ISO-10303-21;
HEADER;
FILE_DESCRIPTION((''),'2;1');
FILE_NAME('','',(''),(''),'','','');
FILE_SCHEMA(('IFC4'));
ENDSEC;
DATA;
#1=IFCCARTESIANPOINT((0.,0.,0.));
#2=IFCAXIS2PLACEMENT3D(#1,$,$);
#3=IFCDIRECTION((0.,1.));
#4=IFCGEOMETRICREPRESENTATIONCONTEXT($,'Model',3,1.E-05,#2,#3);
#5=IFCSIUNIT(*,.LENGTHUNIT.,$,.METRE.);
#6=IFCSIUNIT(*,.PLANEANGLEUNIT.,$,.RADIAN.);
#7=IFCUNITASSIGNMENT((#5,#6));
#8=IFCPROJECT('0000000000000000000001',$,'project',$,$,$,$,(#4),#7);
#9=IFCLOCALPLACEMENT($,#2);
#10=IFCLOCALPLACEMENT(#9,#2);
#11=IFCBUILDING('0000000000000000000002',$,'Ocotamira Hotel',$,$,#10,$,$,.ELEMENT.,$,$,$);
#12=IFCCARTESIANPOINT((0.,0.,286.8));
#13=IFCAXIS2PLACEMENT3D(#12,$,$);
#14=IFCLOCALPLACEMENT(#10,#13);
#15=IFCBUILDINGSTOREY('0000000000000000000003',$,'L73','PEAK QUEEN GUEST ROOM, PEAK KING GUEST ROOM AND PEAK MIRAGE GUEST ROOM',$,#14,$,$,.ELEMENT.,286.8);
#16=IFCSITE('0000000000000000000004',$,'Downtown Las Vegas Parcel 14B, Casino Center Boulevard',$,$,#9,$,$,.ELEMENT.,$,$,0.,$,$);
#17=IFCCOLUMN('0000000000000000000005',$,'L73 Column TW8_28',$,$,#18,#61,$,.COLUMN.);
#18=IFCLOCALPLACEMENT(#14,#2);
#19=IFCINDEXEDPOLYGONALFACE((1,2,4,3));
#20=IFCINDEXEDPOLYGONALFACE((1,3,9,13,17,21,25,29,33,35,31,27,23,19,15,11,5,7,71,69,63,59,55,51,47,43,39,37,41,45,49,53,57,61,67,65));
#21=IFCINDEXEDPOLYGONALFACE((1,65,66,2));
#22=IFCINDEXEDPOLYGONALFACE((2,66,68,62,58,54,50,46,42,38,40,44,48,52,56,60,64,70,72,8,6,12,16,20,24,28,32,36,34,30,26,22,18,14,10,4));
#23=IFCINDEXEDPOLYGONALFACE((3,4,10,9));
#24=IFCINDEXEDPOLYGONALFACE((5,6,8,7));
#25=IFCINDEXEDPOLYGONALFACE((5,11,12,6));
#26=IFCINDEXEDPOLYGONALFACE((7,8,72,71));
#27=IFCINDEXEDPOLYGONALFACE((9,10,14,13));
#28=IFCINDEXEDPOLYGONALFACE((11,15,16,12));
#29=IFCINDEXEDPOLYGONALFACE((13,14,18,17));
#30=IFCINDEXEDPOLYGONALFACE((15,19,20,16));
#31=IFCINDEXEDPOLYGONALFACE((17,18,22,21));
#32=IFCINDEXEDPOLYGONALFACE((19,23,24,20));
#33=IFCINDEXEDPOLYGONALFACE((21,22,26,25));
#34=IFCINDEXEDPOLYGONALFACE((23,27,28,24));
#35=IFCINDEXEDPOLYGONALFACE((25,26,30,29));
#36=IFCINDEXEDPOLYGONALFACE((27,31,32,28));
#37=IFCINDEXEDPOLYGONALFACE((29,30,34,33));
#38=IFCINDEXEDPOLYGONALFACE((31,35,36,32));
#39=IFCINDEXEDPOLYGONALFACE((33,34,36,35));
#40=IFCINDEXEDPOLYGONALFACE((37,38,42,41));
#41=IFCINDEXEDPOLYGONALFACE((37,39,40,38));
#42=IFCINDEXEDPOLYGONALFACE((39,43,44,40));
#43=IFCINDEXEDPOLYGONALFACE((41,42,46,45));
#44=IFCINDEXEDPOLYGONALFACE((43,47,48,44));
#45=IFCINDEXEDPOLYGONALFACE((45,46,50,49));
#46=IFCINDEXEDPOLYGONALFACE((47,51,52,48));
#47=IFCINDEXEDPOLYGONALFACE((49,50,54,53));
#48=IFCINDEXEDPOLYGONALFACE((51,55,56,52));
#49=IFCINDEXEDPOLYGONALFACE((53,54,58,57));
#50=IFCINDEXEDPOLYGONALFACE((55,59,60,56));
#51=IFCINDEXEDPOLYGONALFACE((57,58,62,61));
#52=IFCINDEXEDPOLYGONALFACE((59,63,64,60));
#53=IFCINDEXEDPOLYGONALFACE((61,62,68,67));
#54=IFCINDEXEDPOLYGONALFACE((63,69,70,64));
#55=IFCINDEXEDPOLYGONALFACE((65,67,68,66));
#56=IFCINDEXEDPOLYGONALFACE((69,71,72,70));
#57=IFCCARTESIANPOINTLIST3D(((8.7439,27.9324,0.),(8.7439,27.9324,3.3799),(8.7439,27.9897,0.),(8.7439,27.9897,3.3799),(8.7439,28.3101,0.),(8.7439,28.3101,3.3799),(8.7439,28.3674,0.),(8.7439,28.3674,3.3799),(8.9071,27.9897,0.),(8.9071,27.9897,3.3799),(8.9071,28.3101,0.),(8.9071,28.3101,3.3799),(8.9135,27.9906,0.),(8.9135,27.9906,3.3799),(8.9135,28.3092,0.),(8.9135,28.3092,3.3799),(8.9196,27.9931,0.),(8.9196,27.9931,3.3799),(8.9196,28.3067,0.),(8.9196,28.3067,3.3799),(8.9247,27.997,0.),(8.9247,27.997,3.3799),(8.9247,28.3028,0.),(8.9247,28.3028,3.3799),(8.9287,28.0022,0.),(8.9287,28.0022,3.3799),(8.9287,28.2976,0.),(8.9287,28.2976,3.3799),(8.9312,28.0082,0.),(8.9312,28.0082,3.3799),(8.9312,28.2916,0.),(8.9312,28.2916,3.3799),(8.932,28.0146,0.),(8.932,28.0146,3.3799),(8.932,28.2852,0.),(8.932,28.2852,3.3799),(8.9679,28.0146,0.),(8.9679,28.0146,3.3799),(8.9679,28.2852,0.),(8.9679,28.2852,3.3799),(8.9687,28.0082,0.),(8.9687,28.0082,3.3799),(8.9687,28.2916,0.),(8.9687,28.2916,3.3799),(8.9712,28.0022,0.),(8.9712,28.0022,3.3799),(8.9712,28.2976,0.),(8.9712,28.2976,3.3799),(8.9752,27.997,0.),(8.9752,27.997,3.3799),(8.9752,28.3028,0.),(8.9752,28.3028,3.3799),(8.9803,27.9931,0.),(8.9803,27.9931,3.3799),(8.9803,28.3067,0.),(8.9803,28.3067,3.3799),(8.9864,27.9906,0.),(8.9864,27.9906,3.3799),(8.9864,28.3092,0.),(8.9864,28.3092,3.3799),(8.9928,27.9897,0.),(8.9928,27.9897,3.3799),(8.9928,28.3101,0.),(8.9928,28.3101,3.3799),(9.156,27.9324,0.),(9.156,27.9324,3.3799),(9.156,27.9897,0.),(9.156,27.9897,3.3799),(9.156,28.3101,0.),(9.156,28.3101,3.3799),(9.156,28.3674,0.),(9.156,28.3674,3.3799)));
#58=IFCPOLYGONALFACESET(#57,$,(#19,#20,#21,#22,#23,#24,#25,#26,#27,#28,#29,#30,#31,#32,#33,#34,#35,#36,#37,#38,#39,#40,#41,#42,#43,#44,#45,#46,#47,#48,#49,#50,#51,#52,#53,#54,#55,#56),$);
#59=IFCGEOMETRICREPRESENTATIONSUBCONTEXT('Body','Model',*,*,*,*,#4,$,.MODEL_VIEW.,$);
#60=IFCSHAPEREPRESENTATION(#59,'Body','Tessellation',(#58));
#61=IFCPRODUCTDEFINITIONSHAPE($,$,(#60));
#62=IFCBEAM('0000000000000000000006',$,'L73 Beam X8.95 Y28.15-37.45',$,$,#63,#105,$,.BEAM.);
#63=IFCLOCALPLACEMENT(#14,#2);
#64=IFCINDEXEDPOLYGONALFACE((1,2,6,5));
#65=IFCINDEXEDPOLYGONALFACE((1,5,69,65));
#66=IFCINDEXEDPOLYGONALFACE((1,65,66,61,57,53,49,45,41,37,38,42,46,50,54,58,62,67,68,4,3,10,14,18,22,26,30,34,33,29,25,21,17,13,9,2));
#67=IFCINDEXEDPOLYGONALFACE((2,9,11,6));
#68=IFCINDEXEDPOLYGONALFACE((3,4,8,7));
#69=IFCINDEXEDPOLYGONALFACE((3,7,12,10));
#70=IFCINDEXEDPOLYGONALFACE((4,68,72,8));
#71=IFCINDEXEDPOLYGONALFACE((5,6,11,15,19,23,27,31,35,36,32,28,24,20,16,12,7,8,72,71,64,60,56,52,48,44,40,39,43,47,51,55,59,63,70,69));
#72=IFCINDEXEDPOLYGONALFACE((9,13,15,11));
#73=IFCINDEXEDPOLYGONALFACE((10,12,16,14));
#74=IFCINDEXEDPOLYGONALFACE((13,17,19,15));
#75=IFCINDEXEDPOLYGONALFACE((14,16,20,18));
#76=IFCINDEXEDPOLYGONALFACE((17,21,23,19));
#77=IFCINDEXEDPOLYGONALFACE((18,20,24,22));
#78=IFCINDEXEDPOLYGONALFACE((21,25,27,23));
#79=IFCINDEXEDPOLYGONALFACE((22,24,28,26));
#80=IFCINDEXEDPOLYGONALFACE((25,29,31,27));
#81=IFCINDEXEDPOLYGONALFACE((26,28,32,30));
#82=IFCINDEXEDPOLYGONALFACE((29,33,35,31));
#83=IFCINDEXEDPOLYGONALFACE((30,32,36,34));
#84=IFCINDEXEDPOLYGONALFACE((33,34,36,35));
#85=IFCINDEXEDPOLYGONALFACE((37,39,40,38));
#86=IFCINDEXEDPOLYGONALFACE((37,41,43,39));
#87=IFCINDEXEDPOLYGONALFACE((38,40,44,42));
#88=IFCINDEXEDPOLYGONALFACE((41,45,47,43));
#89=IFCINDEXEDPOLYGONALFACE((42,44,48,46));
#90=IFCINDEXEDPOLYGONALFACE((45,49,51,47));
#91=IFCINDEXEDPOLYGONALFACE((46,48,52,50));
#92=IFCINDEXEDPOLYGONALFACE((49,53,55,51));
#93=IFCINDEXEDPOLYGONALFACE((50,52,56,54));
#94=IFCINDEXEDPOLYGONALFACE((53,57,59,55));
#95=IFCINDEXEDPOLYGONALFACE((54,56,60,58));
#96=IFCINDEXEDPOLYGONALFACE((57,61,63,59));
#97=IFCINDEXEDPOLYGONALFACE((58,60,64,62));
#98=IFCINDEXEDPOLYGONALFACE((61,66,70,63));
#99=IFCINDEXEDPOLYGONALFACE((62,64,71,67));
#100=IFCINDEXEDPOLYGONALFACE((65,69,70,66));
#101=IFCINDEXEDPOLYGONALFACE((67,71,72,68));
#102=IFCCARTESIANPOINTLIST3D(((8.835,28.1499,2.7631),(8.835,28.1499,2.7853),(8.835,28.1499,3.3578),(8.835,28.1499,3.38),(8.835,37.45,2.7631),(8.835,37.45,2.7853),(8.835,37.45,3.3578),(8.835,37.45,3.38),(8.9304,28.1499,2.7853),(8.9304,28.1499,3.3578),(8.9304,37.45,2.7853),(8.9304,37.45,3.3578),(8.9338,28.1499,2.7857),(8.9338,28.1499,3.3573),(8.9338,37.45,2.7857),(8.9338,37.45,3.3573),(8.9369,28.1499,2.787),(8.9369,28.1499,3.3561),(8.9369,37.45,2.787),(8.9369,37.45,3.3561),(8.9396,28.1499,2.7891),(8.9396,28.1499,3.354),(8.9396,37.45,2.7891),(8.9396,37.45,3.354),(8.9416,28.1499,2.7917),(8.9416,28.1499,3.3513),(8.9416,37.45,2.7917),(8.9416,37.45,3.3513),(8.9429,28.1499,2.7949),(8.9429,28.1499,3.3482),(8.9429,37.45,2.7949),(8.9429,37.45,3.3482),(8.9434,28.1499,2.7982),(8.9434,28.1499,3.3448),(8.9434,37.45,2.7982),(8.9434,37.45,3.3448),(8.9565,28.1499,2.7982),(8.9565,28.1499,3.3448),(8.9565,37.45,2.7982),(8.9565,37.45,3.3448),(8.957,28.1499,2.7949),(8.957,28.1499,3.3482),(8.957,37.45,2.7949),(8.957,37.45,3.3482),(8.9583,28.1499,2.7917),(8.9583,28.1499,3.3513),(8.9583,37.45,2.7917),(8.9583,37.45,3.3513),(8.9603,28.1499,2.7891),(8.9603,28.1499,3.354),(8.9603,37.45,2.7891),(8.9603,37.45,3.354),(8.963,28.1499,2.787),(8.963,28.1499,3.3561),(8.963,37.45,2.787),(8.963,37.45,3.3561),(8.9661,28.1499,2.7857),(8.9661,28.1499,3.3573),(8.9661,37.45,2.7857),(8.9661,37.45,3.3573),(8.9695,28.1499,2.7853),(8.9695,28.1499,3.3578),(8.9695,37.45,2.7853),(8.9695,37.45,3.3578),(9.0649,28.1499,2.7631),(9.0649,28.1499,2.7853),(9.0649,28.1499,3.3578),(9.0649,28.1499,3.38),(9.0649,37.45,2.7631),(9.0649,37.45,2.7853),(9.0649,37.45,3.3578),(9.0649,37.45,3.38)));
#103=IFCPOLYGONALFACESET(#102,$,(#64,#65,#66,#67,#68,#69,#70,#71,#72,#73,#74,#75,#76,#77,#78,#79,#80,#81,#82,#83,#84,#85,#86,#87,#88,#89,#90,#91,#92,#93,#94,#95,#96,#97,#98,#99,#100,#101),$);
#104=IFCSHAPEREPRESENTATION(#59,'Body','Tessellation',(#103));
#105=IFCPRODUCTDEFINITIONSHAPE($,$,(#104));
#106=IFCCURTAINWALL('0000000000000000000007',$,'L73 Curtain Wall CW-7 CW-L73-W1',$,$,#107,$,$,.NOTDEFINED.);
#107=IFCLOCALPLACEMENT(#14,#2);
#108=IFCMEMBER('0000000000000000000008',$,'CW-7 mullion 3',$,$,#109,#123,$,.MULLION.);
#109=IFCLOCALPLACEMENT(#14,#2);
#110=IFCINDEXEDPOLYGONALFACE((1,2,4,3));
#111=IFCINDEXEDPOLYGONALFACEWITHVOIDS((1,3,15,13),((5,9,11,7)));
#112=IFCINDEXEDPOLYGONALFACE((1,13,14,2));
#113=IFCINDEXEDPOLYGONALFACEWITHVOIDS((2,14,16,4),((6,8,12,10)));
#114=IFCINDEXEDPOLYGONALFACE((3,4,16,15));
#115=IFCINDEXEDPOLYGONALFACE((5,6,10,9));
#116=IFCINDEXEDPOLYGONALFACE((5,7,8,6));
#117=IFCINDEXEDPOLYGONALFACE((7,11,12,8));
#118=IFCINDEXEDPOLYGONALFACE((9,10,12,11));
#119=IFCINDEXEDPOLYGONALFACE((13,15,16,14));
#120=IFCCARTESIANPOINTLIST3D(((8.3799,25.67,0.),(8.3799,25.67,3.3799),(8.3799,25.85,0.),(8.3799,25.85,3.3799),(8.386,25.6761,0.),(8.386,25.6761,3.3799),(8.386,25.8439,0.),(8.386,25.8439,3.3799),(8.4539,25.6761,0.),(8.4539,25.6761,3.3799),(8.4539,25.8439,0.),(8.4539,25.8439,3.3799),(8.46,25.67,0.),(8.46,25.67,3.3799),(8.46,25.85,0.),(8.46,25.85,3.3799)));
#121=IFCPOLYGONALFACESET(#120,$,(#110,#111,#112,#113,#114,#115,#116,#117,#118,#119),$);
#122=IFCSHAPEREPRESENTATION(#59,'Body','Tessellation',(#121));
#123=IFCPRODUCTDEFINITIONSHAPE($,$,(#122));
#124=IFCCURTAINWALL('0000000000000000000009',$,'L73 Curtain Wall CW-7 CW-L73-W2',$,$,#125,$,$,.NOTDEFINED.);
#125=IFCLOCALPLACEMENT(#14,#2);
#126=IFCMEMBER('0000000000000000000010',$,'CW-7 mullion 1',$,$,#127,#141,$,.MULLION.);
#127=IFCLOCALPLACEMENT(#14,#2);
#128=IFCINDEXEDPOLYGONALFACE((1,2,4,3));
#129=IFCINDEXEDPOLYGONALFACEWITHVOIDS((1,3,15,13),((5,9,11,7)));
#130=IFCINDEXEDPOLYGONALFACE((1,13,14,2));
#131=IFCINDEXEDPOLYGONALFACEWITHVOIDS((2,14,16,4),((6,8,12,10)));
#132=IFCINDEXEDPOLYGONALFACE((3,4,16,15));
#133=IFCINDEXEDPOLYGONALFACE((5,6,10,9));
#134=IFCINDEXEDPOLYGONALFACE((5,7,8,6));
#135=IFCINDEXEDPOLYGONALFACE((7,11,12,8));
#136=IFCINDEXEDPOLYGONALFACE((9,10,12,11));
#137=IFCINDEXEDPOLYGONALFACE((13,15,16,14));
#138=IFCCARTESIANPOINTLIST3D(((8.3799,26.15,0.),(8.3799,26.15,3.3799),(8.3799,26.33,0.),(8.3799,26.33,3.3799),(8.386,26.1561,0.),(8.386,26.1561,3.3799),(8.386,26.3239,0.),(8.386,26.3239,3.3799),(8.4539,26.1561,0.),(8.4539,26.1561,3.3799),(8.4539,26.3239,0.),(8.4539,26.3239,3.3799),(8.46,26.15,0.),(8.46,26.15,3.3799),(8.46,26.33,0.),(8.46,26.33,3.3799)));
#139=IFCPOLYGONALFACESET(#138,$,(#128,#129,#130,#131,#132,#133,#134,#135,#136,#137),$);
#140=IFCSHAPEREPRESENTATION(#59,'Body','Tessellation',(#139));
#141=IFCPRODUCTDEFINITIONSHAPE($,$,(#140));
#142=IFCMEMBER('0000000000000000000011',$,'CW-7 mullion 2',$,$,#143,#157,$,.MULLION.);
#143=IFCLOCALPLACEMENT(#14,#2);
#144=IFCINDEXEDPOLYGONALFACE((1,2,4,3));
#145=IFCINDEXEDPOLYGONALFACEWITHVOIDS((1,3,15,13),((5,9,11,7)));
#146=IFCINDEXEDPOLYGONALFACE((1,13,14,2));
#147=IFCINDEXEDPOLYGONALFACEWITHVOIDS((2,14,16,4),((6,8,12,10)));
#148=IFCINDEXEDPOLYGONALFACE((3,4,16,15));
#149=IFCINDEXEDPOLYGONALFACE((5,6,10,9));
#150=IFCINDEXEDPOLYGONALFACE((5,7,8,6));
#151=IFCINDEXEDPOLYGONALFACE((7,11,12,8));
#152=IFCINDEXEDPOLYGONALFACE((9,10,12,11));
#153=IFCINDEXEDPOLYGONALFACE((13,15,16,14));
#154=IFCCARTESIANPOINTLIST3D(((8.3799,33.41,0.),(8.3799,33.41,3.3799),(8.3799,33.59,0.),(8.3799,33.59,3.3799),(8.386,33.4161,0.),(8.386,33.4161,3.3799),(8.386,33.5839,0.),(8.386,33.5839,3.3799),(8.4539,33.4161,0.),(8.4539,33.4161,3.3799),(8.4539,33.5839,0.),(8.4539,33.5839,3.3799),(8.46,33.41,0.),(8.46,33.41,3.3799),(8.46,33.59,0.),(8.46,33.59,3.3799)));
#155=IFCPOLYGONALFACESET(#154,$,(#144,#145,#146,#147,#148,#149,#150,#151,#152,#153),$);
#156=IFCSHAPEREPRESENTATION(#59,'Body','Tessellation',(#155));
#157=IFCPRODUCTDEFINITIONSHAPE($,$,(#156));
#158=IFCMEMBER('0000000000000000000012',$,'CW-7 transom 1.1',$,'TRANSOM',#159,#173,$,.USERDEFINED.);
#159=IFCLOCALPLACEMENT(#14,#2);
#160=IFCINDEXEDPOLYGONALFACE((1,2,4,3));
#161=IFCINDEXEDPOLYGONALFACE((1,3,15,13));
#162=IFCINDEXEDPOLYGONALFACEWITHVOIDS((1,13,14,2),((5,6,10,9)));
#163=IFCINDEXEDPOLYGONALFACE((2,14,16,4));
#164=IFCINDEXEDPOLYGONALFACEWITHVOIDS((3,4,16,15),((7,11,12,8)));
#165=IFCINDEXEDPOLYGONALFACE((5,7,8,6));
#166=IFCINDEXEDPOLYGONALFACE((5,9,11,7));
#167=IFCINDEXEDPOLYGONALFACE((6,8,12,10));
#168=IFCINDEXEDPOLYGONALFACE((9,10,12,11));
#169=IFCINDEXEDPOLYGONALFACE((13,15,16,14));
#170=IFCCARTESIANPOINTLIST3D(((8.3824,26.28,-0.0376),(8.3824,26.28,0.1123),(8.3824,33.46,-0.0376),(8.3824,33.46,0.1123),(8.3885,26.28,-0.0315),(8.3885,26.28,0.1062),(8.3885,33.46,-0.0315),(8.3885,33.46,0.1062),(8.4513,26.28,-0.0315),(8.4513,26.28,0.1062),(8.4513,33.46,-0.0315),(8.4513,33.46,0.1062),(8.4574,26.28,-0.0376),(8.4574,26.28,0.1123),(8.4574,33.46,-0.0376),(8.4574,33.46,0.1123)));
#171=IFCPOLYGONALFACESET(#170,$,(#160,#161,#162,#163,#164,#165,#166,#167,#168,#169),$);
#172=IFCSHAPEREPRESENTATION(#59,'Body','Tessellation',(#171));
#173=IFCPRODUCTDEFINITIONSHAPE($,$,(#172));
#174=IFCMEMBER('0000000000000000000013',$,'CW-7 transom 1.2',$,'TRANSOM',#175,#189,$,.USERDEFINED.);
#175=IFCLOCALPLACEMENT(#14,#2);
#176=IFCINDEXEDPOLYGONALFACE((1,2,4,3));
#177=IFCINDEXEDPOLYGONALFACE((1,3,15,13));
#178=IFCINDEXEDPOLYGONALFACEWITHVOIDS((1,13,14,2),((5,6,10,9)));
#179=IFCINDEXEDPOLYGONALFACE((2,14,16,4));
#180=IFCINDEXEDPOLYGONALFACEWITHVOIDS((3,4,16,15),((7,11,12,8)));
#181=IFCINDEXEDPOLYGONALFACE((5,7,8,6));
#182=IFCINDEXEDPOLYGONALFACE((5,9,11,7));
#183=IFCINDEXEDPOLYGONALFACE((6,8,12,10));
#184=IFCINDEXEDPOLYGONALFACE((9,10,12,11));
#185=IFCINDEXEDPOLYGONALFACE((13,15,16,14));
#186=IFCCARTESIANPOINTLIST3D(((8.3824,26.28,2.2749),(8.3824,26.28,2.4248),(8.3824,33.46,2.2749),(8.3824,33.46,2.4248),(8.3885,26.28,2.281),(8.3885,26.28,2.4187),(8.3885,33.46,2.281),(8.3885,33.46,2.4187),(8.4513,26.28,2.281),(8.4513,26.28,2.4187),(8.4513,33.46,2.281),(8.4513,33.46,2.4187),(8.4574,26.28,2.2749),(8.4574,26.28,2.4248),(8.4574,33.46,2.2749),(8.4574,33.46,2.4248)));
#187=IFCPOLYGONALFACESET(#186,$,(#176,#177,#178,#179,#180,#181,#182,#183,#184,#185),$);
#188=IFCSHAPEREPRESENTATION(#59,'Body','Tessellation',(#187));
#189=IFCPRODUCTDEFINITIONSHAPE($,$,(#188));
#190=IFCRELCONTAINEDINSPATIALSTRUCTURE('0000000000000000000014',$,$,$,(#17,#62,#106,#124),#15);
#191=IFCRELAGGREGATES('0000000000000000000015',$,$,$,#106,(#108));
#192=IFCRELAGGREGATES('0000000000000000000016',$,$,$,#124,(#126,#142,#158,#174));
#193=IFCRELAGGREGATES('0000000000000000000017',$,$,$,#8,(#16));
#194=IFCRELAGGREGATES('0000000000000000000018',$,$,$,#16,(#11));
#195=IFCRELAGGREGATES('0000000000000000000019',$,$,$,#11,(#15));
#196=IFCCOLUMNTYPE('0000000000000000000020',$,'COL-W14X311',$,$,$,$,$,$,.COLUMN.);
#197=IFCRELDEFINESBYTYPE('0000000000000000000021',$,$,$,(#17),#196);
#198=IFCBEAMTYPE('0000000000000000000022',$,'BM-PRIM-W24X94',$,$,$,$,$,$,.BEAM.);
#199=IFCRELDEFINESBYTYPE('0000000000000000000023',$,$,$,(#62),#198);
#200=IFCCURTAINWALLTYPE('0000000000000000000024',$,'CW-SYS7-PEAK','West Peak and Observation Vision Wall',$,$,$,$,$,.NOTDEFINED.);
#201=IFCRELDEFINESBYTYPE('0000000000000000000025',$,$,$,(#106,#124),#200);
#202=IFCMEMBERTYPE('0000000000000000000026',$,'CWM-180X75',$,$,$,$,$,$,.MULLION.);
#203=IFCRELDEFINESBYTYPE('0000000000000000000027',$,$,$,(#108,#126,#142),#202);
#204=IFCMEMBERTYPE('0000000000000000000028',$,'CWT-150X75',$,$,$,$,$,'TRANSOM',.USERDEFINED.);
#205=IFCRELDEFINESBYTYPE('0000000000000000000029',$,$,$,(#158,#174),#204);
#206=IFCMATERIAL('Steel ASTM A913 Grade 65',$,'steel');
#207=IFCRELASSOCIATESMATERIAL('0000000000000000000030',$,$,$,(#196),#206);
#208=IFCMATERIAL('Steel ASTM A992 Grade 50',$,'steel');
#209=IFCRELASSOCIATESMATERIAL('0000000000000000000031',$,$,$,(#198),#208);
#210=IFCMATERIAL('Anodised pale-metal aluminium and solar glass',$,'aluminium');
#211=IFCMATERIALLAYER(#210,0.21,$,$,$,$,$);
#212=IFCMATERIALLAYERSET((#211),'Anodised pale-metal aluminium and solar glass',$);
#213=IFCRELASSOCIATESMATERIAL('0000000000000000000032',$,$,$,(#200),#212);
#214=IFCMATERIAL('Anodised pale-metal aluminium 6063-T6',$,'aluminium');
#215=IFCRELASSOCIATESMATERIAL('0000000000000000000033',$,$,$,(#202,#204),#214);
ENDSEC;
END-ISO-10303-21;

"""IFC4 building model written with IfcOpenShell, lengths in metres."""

from ifc_helpers import new_model, si_unit, direction, frame, origin, origin_2d, place, context, subcontext, project, spatial, hollow_rectangle, i_section, extrude, source, transform, mapped, material, layer, layer_set, material_profile, profile_set, type_object, element, aggregate, save


model = new_model("IFC4")

# Units and contexts
model_context = context("Model", 3, precision=1e-05, world=origin(), true_north=direction((0.0, 1.0)))
body_context = subcontext(model_context, "Body", "Model", "MODEL_VIEW")
ifc_project = project(units=[si_unit("LENGTHUNIT", "METRE"), si_unit("PLANEANGLEUNIT", "RADIAN")], contexts=[model_context])

# Site, building, storey
site_placement = place(None, origin())
site = spatial("IfcSite", under=ifc_project, at=site_placement, Name="Downtown Las Vegas Parcel 14B, Casino Center Boulevard", CompositionType="ELEMENT", RefElevation=0.0)
building_placement = place(site_placement, origin())
building = spatial("IfcBuilding", under=site, at=building_placement, Name="Ocotamira Hotel", CompositionType="ELEMENT")
storey_placement = place(building_placement, frame((0.0, 0.0, 286.8)))
storey = spatial("IfcBuildingStorey", under=building, at=storey_placement, Name="L73", Description="PEAK QUEEN GUEST ROOM, PEAK KING GUEST ROOM AND PEAK MIRAGE GUEST ROOM", CompositionType="ELEMENT", Elevation=286.8)

# Column
ifc_material_1 = material(Name="Steel ASTM A913 Grade 65", Category="steel")
ifc_material_profile_1 = material_profile(ifc_material_1, i_section(OverallWidth=0.4121, OverallDepth=0.4351, WebThickness=0.0359, FlangeThickness=0.0574, FilletRadius=0.0249, at=origin_2d()), Name="W14X311")
ifc_profile_set_1 = profile_set([ifc_material_profile_1], Name="Steel ASTM A913 Grade 65")
column_type = type_object("IfcColumnType", Name="COL-W14X311", PredefinedType="COLUMN", material=ifc_profile_set_1)
shared_shape_1 = source(origin(), body_context, "Body", "SweptSolid", [
    extrude(i_section(OverallWidth=0.4121, OverallDepth=0.4351, WebThickness=0.0359, FlangeThickness=0.0574, FilletRadius=0.0249, at=origin_2d()), origin(), (0.0, 0.0, 1.0), 3.3799),
])
column_placement = place(storey_placement, frame((8.95, 28.1499, 0.0), z_axis=(0.0, 0.0, 1.0), x_axis=(1.0, 0.0, 0.0)))
element("IfcColumn", 1, at=column_placement, inside=storey, type_object=column_type, Name="L73 Column TW8_28", PredefinedType="COLUMN", context=body_context, shape_type="MappedRepresentation", body=[
    mapped(shared_shape_1, transform((0.0, 0.0, 0.0), scale=1.0)),
])

# Beam
ifc_material_2 = material(Name="Steel ASTM A992 Grade 50", Category="steel")
ifc_material_profile_2 = material_profile(ifc_material_2, i_section(OverallWidth=0.23, OverallDepth=0.6169, WebThickness=0.0132, FlangeThickness=0.0222, FilletRadius=0.0129, at=origin_2d()), Name="W24X94")
ifc_profile_set_2 = profile_set([ifc_material_profile_2], Name="Steel ASTM A992 Grade 50")
beam_type = type_object("IfcBeamType", Name="BM-PRIM-W24X94", PredefinedType="BEAM", material=ifc_profile_set_2)
shared_shape_2 = source(origin(), body_context, "Body", "SweptSolid", [
    extrude(i_section(OverallWidth=0.23, OverallDepth=0.6169, WebThickness=0.0132, FlangeThickness=0.0222, FilletRadius=0.0129, at=origin_2d()), origin(), (0.0, 0.0, 1.0), 9.3),
])
beam_placement = place(storey_placement, frame((8.95, 28.1499, 3.0715), z_axis=(0.0, 1.0, 0.0), x_axis=(-1.0, 0.0, 0.0)))
element("IfcBeam", 2, at=beam_placement, inside=storey, type_object=beam_type, Name="L73 Beam X8.95 Y28.15-37.45", PredefinedType="BEAM", context=body_context, shape_type="MappedRepresentation", body=[
    mapped(shared_shape_2, transform((0.0, 0.0, 0.0), scale=1.0)),
])

# Curtain wall, member
ifc_material_3 = material(Name="Anodised pale-metal aluminium and solar glass", Category="aluminium")
ifc_layer_1 = layer(ifc_material_3, 0.21)
ifc_layer_set_1 = layer_set([ifc_layer_1], Name="Anodised pale-metal aluminium and solar glass")
curtain_wall_type = type_object("IfcCurtainWallType", Name="CW-SYS7-PEAK", Description="West Peak and Observation Vision Wall", PredefinedType="NOTDEFINED", material=ifc_layer_set_1)
curtain_wall_1_placement = place(storey_placement, origin())
curtain_wall_1 = element("IfcCurtainWall", 3, at=curtain_wall_1_placement, inside=storey, type_object=curtain_wall_type, Name="L73 Curtain Wall CW-7 CW-L73-W1", PredefinedType="NOTDEFINED")
ifc_material_4 = material(Name="Anodised pale-metal aluminium 6063-T6", Category="aluminium")
ifc_material_profile_3 = material_profile(ifc_material_4, hollow_rectangle(XDim=0.0801, YDim=0.1799, WallThickness=0.0061, at=origin_2d()), Name="HSS180X80X6")
ifc_profile_set_3 = profile_set([ifc_material_profile_3], Name="Anodised pale-metal aluminium 6063-T6")
member_type_1 = type_object("IfcMemberType", Name="CWM-180X75", PredefinedType="MULLION", material=ifc_profile_set_3)
shared_shape_3 = source(origin(), body_context, "Body", "SweptSolid", [
    extrude(hollow_rectangle(XDim=0.0801, YDim=0.1799, WallThickness=0.0061, at=origin_2d()), origin(), (0.0, 0.0, 1.0), 3.3799),
])
member_1_placement = place(storey_placement, frame((8.4199, 25.76, 0.0), z_axis=(0.0, 0.0, 1.0), x_axis=(-1.0, 0.0, 0.0)))
member_1 = element("IfcMember", 4, at=member_1_placement, type_object=member_type_1, Name="CW-7 mullion 3", PredefinedType="MULLION", context=body_context, shape_type="MappedRepresentation", body=[
    mapped(shared_shape_3, transform((0.0, 0.0, 0.0), scale=1.0)),
])
aggregate(curtain_wall_1, [member_1])

# Curtain wall, members
curtain_wall_2_placement = place(storey_placement, origin())
curtain_wall_2 = element("IfcCurtainWall", 5, at=curtain_wall_2_placement, inside=storey, type_object=curtain_wall_type, Name="L73 Curtain Wall CW-7 CW-L73-W2", PredefinedType="NOTDEFINED")
member_2_placement = place(storey_placement, frame((8.4199, 26.24, 0.0), z_axis=(0.0, 0.0, 1.0), x_axis=(-1.0, 0.0, 0.0)))
member_2 = element("IfcMember", 6, at=member_2_placement, type_object=member_type_1, Name="CW-7 mullion 1", PredefinedType="MULLION", context=body_context, shape_type="MappedRepresentation", body=[
    mapped(shared_shape_3, transform((0.0, 0.0, 0.0), scale=1.0)),
])
member_3_placement = place(storey_placement, frame((8.4199, 33.5, 0.0), z_axis=(0.0, 0.0, 1.0), x_axis=(-1.0, 0.0, 0.0)))
member_3 = element("IfcMember", 7, at=member_3_placement, type_object=member_type_1, Name="CW-7 mullion 2", PredefinedType="MULLION", context=body_context, shape_type="MappedRepresentation", body=[
    mapped(shared_shape_3, transform((0.0, 0.0, 0.0), scale=1.0)),
])
ifc_material_profile_4 = material_profile(ifc_material_4, hollow_rectangle(XDim=0.075, YDim=0.1499, WallThickness=0.0061, at=origin_2d()), Name="HSS150X75X6")
ifc_profile_set_4 = profile_set([ifc_material_profile_4], Name="Anodised pale-metal aluminium 6063-T6")
member_type_2 = type_object("IfcMemberType", Name="CWT-150X75", ElementType="TRANSOM", PredefinedType="USERDEFINED", material=ifc_profile_set_4)
shared_shape_4 = source(origin(), body_context, "Body", "SweptSolid", [
    extrude(hollow_rectangle(XDim=0.075, YDim=0.1499, WallThickness=0.0061, at=origin_2d()), origin(), (0.0, 0.0, 1.0), 7.1799),
])
member_4_placement = place(storey_placement, frame((8.4199, 26.28, 0.0374), z_axis=(0.0, 1.0, 0.0), x_axis=(-1.0, 0.0, 0.0)))
member_4 = element("IfcMember", 8, at=member_4_placement, type_object=member_type_2, Name="CW-7 transom 1.1", ObjectType="TRANSOM", PredefinedType="USERDEFINED", context=body_context, shape_type="MappedRepresentation", body=[
    mapped(shared_shape_4, transform((0.0, 0.0, 0.0), scale=1.0)),
])
member_5_placement = place(storey_placement, frame((8.4199, 26.28, 2.3499), z_axis=(0.0, 1.0, 0.0), x_axis=(-1.0, 0.0, 0.0)))
member_5 = element("IfcMember", 9, at=member_5_placement, type_object=member_type_2, Name="CW-7 transom 1.2", ObjectType="TRANSOM", PredefinedType="USERDEFINED", context=body_context, shape_type="MappedRepresentation", body=[
    mapped(shared_shape_4, transform((0.0, 0.0, 0.0), scale=1.0)),
])
aggregate(curtain_wall_2, [member_2, member_3, member_4, member_5])

save(model, "model.ifc")
